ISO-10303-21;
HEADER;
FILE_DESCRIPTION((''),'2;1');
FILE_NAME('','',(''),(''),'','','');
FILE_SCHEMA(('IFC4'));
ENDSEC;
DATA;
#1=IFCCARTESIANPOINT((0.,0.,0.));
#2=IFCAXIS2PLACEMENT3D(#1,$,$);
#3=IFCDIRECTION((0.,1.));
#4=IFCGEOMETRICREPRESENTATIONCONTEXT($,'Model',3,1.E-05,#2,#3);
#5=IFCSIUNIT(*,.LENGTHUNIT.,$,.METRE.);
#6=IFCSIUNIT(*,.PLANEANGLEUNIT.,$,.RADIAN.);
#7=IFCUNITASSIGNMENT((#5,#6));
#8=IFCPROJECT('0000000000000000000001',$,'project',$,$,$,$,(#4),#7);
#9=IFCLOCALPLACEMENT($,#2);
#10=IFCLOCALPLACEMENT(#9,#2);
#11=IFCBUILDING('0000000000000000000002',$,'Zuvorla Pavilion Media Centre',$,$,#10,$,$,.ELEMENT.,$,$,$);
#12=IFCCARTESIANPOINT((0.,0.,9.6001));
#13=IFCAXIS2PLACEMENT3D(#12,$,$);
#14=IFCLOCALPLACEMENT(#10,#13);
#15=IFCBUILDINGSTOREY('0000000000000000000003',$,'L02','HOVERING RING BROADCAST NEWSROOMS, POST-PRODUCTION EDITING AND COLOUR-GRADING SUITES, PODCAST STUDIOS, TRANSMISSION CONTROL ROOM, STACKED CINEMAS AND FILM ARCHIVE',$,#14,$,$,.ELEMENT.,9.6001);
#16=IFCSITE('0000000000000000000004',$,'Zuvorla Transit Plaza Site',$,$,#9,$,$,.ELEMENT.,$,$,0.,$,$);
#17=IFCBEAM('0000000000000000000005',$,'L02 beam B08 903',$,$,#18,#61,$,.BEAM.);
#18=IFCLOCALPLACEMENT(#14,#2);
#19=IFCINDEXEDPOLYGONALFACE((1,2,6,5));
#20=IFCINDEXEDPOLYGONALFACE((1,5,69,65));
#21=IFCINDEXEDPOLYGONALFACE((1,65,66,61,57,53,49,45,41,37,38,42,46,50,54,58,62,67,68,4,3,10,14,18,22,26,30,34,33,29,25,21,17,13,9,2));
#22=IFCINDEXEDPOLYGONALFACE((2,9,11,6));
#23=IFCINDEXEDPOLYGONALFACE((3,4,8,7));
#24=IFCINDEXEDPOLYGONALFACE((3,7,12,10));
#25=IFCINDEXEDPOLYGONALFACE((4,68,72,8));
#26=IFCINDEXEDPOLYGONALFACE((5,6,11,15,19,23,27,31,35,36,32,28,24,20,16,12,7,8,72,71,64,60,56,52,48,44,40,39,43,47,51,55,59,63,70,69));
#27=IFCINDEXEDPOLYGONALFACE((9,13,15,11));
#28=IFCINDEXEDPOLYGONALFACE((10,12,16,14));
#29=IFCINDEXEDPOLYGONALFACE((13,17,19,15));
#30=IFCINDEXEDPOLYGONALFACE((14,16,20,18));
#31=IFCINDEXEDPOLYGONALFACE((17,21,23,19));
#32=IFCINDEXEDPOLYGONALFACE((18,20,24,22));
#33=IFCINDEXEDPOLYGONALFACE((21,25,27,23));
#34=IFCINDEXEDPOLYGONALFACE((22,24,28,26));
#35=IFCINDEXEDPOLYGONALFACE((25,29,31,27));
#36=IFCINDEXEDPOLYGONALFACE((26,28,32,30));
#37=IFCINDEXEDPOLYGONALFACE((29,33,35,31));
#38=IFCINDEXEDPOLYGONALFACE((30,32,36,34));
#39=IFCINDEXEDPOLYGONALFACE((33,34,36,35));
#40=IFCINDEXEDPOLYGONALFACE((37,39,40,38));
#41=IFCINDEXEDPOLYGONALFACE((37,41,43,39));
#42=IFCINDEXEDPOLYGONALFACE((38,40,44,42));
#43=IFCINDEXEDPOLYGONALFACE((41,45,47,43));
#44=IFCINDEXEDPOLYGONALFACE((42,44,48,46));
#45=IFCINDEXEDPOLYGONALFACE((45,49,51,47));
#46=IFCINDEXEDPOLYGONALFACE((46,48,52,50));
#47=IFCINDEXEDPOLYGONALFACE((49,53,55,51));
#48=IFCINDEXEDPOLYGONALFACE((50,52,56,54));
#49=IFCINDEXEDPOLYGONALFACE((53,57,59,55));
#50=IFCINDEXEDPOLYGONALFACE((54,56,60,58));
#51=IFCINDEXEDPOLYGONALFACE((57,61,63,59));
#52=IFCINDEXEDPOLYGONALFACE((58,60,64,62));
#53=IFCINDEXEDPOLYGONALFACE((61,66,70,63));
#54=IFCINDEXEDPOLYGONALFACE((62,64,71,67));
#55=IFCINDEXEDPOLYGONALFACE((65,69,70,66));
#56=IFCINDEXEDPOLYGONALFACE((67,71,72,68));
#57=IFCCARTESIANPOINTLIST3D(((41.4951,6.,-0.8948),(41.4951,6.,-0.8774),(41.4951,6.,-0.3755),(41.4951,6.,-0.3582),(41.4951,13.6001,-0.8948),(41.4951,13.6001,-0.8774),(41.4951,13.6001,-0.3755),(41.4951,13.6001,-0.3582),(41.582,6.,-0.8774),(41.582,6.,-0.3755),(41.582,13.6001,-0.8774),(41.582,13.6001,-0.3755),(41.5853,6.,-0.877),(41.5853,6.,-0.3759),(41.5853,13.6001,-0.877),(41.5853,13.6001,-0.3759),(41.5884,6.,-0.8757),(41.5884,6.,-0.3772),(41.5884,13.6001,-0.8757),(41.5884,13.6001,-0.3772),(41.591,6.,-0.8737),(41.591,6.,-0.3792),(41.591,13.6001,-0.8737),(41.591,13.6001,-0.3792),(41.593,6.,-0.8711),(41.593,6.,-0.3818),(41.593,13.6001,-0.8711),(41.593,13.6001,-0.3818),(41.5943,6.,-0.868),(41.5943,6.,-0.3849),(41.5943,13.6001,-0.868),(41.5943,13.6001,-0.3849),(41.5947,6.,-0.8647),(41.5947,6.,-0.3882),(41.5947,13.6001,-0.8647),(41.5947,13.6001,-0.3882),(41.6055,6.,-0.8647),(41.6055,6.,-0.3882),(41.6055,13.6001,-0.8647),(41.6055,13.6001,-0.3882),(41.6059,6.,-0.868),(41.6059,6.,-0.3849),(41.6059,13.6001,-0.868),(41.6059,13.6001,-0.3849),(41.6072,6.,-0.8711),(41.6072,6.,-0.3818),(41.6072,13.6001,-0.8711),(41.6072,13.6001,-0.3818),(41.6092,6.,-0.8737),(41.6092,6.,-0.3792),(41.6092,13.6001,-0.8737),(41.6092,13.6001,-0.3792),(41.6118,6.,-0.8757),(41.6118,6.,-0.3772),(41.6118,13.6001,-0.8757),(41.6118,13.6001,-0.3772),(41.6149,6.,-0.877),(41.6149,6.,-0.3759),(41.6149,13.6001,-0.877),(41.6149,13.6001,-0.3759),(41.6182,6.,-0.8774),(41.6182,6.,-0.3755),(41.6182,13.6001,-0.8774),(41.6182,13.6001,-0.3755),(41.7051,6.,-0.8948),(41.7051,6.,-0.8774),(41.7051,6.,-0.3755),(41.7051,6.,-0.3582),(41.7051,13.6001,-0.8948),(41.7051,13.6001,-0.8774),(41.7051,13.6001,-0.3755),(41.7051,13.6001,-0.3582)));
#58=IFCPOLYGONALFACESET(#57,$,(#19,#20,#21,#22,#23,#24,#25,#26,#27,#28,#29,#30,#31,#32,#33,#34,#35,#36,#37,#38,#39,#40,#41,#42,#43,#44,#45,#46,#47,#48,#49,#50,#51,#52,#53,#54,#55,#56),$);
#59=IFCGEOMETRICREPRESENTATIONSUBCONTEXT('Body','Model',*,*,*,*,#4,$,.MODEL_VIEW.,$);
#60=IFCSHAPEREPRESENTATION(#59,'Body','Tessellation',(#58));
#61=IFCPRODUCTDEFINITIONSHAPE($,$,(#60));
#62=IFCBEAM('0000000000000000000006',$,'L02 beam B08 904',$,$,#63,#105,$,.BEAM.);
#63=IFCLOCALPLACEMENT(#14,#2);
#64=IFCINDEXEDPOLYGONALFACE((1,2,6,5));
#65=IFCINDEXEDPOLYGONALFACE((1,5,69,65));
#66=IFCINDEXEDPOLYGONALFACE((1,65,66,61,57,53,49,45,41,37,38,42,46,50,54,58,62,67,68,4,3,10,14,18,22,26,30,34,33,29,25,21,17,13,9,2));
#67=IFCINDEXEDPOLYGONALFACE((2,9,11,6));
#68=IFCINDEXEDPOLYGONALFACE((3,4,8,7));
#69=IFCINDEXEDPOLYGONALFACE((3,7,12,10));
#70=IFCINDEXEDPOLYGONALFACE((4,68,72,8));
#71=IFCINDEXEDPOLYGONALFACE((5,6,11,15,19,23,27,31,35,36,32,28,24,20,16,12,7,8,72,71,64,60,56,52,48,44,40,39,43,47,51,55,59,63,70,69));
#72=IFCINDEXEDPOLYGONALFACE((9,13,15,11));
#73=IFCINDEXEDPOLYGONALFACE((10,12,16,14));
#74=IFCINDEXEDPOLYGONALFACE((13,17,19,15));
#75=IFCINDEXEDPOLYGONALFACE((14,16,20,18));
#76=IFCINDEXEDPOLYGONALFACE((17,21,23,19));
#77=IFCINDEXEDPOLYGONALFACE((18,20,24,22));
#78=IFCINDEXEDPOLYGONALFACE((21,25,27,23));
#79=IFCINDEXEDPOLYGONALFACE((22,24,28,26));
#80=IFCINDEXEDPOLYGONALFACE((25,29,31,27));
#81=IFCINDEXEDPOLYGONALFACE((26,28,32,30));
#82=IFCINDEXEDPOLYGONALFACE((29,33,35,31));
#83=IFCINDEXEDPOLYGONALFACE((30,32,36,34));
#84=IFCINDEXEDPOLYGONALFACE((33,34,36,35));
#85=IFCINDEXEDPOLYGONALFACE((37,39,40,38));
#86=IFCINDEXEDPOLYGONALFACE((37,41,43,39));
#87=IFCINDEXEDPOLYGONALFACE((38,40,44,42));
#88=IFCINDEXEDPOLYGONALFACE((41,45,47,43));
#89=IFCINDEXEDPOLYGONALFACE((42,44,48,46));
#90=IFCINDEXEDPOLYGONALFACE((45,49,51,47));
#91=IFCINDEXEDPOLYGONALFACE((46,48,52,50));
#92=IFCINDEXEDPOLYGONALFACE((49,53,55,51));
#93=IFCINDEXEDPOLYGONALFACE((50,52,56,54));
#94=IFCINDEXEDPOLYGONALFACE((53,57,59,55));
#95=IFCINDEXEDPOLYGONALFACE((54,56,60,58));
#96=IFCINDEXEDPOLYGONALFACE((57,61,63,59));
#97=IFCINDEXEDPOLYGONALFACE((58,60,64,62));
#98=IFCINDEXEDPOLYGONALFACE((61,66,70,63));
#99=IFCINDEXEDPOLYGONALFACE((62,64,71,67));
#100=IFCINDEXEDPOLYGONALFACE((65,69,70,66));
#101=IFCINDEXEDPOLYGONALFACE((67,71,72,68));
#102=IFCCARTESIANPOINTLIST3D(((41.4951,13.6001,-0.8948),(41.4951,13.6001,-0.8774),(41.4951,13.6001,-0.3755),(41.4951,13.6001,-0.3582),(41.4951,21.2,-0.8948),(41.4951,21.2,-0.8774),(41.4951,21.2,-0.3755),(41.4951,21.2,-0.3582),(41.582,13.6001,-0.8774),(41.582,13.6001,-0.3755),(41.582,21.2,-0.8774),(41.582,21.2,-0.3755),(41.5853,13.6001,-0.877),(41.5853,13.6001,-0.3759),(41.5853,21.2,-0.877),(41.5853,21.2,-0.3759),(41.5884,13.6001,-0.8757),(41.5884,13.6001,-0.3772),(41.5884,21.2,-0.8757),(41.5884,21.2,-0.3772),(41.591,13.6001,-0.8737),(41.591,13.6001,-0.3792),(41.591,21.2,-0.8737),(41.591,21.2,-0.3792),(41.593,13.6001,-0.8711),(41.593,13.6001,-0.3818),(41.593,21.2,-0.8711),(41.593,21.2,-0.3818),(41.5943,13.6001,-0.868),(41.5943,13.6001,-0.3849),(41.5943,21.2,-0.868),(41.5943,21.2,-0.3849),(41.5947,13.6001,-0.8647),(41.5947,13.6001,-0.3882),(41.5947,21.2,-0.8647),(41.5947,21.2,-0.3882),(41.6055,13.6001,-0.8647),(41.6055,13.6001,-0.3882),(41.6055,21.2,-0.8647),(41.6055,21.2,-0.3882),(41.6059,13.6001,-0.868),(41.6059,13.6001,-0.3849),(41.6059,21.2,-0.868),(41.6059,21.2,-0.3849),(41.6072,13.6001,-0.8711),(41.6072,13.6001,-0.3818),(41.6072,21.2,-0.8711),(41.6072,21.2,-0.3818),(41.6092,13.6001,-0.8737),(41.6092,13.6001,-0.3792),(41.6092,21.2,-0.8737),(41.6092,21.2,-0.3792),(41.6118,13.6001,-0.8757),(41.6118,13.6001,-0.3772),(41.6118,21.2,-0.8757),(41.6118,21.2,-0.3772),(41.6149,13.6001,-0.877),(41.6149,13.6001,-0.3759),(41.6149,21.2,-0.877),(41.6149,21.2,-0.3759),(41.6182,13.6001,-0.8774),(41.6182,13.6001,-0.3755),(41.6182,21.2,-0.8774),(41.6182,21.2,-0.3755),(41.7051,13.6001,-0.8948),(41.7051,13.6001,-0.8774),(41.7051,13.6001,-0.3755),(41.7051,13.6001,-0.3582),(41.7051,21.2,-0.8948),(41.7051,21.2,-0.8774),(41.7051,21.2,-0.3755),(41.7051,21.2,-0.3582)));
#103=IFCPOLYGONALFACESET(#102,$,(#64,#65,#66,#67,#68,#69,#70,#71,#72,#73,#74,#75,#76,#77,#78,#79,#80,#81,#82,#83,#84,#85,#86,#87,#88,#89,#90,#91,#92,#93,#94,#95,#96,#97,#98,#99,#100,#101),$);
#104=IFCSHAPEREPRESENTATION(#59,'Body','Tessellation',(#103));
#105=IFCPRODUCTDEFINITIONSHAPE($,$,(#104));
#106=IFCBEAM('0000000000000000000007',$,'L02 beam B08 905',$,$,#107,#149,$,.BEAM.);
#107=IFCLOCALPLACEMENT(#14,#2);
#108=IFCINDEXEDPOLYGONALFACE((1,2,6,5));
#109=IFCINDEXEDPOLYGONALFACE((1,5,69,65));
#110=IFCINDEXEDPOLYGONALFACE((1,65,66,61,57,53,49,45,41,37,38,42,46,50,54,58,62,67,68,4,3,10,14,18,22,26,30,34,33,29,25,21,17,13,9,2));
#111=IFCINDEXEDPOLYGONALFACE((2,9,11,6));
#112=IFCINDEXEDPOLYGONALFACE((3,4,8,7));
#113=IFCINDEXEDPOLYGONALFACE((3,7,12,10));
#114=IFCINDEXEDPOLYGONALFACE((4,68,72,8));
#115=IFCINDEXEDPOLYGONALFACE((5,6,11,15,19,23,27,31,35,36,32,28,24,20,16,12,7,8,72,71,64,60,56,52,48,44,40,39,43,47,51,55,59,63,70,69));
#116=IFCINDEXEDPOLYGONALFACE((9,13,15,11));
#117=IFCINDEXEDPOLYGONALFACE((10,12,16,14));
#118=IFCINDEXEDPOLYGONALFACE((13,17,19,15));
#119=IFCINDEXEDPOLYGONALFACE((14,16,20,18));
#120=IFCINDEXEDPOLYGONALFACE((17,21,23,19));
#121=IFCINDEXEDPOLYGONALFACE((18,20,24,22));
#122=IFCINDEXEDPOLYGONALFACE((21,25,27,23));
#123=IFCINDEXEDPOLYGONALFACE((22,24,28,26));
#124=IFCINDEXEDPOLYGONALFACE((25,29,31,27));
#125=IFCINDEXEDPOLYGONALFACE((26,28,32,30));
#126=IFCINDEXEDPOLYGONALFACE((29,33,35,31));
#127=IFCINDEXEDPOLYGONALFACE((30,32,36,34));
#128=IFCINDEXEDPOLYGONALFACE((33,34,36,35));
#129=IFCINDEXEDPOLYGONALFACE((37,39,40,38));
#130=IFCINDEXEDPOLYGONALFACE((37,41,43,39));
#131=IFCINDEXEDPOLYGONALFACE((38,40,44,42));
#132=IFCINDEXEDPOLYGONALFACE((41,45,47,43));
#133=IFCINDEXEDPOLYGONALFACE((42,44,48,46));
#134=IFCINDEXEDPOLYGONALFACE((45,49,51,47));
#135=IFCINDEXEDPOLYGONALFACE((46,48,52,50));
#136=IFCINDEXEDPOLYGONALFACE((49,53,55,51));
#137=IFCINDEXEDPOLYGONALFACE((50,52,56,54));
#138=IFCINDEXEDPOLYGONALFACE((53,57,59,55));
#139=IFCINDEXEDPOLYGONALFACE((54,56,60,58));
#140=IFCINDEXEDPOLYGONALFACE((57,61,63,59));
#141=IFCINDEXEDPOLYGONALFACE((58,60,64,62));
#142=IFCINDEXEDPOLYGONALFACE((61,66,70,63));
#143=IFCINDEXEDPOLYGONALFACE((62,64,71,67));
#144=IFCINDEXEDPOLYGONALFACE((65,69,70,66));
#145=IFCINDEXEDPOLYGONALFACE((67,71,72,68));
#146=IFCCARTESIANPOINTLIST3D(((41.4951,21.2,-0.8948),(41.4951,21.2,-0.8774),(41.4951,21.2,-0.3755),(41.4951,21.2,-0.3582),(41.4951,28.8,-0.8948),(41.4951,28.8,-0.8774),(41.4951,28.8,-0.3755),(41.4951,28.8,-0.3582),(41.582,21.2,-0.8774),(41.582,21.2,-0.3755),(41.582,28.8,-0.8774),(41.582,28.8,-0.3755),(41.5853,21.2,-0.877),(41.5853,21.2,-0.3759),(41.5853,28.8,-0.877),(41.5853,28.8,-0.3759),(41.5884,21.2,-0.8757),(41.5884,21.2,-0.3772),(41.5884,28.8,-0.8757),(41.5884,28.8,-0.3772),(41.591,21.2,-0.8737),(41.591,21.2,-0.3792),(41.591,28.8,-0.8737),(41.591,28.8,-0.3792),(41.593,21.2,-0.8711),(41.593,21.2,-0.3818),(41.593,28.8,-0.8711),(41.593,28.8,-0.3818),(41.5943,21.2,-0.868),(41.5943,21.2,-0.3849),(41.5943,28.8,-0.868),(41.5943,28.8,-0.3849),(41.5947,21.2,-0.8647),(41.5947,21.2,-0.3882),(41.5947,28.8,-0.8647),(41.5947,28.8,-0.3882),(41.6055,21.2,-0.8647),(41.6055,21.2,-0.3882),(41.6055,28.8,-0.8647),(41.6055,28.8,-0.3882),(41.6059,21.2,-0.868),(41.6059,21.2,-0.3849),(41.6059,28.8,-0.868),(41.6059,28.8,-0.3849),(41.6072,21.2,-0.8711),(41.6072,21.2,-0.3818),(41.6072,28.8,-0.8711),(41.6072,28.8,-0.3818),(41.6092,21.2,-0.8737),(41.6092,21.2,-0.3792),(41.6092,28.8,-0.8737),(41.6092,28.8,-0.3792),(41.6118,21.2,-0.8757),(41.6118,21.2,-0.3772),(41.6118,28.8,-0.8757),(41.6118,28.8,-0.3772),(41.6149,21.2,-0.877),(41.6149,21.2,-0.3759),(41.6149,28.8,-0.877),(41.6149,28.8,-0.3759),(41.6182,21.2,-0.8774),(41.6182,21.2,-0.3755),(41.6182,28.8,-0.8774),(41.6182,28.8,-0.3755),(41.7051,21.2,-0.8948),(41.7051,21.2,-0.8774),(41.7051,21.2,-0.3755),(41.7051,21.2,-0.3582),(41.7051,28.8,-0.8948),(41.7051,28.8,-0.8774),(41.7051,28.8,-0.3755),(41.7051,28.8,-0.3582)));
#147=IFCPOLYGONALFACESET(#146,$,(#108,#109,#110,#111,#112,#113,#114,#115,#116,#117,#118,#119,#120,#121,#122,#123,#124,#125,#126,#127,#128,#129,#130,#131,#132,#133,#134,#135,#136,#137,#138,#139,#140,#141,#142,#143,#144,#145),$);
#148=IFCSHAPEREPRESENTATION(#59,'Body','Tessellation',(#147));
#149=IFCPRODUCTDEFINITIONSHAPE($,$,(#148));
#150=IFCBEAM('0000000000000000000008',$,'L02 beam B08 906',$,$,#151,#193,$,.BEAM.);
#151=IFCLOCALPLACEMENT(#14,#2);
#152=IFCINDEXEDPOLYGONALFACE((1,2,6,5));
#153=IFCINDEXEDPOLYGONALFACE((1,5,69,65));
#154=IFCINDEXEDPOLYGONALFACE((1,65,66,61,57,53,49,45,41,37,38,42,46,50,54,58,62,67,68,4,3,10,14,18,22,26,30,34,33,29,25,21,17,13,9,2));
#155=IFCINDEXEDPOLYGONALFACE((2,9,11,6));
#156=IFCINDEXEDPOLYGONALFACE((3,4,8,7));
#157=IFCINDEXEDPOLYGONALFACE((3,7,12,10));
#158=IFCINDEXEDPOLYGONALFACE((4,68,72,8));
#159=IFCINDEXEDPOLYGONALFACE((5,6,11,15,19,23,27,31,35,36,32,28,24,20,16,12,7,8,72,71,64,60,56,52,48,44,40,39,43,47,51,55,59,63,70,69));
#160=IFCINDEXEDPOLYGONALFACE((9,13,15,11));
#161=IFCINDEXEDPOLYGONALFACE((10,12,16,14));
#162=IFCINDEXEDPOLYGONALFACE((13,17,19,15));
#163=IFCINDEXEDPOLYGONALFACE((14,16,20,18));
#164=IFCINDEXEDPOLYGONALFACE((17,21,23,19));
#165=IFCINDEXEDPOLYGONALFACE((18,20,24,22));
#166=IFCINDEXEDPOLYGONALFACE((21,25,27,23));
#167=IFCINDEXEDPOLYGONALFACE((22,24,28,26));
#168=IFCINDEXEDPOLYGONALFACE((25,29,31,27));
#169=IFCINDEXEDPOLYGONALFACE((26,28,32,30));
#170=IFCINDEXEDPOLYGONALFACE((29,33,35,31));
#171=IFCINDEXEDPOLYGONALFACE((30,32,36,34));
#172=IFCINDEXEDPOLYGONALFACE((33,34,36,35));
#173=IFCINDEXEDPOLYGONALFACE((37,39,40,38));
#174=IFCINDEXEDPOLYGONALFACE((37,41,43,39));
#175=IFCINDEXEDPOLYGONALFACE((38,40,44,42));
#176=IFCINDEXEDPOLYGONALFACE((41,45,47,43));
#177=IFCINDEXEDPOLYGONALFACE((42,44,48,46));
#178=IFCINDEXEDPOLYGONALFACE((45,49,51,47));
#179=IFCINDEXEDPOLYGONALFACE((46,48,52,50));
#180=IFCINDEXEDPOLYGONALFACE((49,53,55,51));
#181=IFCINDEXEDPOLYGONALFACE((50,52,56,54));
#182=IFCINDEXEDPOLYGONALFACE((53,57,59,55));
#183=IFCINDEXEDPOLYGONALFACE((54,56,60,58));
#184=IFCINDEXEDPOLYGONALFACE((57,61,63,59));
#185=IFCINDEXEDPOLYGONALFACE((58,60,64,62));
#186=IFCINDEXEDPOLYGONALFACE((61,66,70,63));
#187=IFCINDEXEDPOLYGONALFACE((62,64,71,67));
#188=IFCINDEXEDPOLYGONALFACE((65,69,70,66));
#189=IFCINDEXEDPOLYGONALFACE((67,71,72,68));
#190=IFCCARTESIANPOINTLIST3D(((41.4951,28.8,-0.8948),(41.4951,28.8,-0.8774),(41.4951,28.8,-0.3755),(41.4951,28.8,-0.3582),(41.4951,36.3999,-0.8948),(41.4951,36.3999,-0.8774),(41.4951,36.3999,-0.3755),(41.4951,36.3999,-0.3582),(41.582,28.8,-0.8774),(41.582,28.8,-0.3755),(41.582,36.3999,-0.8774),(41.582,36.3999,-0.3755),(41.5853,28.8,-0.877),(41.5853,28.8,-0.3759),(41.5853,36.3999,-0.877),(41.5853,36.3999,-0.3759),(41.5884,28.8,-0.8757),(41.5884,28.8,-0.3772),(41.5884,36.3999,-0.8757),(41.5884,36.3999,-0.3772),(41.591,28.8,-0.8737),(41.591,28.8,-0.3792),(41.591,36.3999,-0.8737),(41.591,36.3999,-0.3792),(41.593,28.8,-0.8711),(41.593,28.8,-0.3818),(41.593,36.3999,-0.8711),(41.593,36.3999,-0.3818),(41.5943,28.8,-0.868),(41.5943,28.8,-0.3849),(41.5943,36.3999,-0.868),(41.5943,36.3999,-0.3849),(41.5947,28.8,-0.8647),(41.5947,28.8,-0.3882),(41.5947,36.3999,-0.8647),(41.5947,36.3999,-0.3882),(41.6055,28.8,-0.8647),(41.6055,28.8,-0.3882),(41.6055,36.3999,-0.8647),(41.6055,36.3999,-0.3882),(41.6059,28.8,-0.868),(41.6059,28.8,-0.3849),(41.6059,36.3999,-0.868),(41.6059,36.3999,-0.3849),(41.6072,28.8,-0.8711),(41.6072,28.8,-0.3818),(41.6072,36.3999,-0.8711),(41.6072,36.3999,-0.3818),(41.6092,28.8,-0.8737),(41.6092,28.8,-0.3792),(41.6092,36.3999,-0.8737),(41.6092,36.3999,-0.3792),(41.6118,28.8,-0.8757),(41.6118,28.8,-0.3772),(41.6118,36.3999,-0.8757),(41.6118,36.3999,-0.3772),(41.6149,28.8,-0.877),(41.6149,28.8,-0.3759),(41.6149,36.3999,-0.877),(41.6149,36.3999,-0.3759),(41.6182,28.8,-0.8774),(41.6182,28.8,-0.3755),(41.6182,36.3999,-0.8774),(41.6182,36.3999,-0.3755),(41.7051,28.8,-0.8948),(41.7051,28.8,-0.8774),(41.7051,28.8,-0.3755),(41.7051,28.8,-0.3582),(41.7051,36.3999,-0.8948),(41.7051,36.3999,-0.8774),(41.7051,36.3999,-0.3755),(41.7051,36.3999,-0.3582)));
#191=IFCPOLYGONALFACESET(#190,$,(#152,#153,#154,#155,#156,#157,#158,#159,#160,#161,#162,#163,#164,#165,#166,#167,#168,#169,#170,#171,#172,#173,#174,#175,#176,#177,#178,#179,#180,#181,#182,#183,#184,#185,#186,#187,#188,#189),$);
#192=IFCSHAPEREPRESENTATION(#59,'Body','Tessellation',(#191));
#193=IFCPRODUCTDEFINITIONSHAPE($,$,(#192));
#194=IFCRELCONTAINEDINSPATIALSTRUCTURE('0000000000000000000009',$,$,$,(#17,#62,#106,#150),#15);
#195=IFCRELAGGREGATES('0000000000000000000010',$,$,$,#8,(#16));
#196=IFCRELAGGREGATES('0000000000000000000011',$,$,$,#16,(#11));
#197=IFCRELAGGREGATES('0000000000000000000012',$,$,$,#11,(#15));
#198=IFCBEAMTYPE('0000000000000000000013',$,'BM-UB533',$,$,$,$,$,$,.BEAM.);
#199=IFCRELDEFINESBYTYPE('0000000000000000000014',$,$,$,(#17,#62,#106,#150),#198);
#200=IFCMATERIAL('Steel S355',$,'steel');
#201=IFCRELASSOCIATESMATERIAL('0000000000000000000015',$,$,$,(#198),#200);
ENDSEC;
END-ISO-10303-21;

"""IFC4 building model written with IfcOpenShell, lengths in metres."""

from ifc_helpers import new_model, si_unit, direction, frame, origin, origin_2d, place, context, subcontext, project, spatial, i_section, extrude, material, material_profile, profile_set, type_object, element, save


model = new_model("IFC4")

# Units and contexts
model_context = context("Model", 3, precision=1e-05, world=origin(), true_north=direction((0.0, 1.0)))
body_context = subcontext(model_context, "Body", "Model", "MODEL_VIEW")
ifc_project = project(units=[si_unit("LENGTHUNIT", "METRE"), si_unit("PLANEANGLEUNIT", "RADIAN")], contexts=[model_context])

# Site, building, storey
site_placement = place(None, origin())
site = spatial("IfcSite", under=ifc_project, at=site_placement, Name="Zuvorla Transit Plaza Site", CompositionType="ELEMENT", RefElevation=0.0)
building_placement = place(site_placement, origin())
building = spatial("IfcBuilding", under=site, at=building_placement, Name="Zuvorla Pavilion Media Centre", CompositionType="ELEMENT")
storey_placement = place(building_placement, frame((0.0, 0.0, 9.6001)))
storey = spatial("IfcBuildingStorey", under=building, at=storey_placement, Name="L02", Description="HOVERING RING BROADCAST NEWSROOMS, POST-PRODUCTION EDITING AND COLOUR-GRADING SUITES, PODCAST STUDIOS, TRANSMISSION CONTROL ROOM, STACKED CINEMAS AND FILM ARCHIVE", CompositionType="ELEMENT", Elevation=9.6001)

# Beams
ifc_material_1 = material(Name="Steel S355", Category="steel")
ifc_material_profile_1 = material_profile(ifc_material_1, i_section(OverallWidth=0.21, OverallDepth=0.5366, WebThickness=0.0107, FlangeThickness=0.0173, FilletRadius=0.0127, at=origin_2d()), Name="UB 533x210x101")
ifc_profile_set_1 = profile_set([ifc_material_profile_1], Name="Steel S355")
beam_type_1 = type_object("IfcBeamType", Name="BM-UB533", PredefinedType="BEAM", material=ifc_profile_set_1)
beam_1_placement = place(storey_placement, frame((41.6001, 6.0, -0.6265), z_axis=(0.0, 1.0, 0.0), x_axis=(-1.0, 0.0, 0.0)))
element("IfcBeam", 1, at=beam_1_placement, inside=storey, type_object=beam_type_1, Name="L02 beam B08 903", PredefinedType="BEAM", context=body_context, shape_type="SweptSolid", body=[
    extrude(i_section(OverallWidth=0.21, OverallDepth=0.5366, WebThickness=0.0107, FlangeThickness=0.0173, FilletRadius=0.0127, at=origin_2d()), origin(), (0.0, 0.0, 1.0), 7.6001),
])
beam_2_placement = place(storey_placement, frame((41.6001, 13.6001, -0.6265), z_axis=(0.0, 1.0, 0.0), x_axis=(-1.0, 0.0, 0.0)))
element("IfcBeam", 2, at=beam_2_placement, inside=storey, type_object=beam_type_1, Name="L02 beam B08 904", PredefinedType="BEAM", context=body_context, shape_type="SweptSolid", body=[
    extrude(i_section(OverallWidth=0.21, OverallDepth=0.5366, WebThickness=0.0107, FlangeThickness=0.0173, FilletRadius=0.0127, at=origin_2d()), origin(), (0.0, 0.0, 1.0), 7.5999),
])
beam_3_placement = place(storey_placement, frame((41.6001, 21.2, -0.6265), z_axis=(0.0, 1.0, 0.0), x_axis=(-1.0, 0.0, 0.0)))
element("IfcBeam", 3, at=beam_3_placement, inside=storey, type_object=beam_type_1, Name="L02 beam B08 905", PredefinedType="BEAM", context=body_context, shape_type="SweptSolid", body=[
    extrude(i_section(OverallWidth=0.21, OverallDepth=0.5366, WebThickness=0.0107, FlangeThickness=0.0173, FilletRadius=0.0127, at=origin_2d()), origin(), (0.0, 0.0, 1.0), 7.6001),
])
beam_4_placement = place(storey_placement, frame((41.6001, 28.8, -0.6265), z_axis=(0.0, 1.0, 0.0), x_axis=(-1.0, 0.0, 0.0)))
element("IfcBeam", 4, at=beam_4_placement, inside=storey, type_object=beam_type_1, Name="L02 beam B08 906", PredefinedType="BEAM", context=body_context, shape_type="SweptSolid", body=[
    extrude(i_section(OverallWidth=0.21, OverallDepth=0.5366, WebThickness=0.0107, FlangeThickness=0.0173, FilletRadius=0.0127, at=origin_2d()), origin(), (0.0, 0.0, 1.0), 7.5999),
])

save(model, "model.ifc")
